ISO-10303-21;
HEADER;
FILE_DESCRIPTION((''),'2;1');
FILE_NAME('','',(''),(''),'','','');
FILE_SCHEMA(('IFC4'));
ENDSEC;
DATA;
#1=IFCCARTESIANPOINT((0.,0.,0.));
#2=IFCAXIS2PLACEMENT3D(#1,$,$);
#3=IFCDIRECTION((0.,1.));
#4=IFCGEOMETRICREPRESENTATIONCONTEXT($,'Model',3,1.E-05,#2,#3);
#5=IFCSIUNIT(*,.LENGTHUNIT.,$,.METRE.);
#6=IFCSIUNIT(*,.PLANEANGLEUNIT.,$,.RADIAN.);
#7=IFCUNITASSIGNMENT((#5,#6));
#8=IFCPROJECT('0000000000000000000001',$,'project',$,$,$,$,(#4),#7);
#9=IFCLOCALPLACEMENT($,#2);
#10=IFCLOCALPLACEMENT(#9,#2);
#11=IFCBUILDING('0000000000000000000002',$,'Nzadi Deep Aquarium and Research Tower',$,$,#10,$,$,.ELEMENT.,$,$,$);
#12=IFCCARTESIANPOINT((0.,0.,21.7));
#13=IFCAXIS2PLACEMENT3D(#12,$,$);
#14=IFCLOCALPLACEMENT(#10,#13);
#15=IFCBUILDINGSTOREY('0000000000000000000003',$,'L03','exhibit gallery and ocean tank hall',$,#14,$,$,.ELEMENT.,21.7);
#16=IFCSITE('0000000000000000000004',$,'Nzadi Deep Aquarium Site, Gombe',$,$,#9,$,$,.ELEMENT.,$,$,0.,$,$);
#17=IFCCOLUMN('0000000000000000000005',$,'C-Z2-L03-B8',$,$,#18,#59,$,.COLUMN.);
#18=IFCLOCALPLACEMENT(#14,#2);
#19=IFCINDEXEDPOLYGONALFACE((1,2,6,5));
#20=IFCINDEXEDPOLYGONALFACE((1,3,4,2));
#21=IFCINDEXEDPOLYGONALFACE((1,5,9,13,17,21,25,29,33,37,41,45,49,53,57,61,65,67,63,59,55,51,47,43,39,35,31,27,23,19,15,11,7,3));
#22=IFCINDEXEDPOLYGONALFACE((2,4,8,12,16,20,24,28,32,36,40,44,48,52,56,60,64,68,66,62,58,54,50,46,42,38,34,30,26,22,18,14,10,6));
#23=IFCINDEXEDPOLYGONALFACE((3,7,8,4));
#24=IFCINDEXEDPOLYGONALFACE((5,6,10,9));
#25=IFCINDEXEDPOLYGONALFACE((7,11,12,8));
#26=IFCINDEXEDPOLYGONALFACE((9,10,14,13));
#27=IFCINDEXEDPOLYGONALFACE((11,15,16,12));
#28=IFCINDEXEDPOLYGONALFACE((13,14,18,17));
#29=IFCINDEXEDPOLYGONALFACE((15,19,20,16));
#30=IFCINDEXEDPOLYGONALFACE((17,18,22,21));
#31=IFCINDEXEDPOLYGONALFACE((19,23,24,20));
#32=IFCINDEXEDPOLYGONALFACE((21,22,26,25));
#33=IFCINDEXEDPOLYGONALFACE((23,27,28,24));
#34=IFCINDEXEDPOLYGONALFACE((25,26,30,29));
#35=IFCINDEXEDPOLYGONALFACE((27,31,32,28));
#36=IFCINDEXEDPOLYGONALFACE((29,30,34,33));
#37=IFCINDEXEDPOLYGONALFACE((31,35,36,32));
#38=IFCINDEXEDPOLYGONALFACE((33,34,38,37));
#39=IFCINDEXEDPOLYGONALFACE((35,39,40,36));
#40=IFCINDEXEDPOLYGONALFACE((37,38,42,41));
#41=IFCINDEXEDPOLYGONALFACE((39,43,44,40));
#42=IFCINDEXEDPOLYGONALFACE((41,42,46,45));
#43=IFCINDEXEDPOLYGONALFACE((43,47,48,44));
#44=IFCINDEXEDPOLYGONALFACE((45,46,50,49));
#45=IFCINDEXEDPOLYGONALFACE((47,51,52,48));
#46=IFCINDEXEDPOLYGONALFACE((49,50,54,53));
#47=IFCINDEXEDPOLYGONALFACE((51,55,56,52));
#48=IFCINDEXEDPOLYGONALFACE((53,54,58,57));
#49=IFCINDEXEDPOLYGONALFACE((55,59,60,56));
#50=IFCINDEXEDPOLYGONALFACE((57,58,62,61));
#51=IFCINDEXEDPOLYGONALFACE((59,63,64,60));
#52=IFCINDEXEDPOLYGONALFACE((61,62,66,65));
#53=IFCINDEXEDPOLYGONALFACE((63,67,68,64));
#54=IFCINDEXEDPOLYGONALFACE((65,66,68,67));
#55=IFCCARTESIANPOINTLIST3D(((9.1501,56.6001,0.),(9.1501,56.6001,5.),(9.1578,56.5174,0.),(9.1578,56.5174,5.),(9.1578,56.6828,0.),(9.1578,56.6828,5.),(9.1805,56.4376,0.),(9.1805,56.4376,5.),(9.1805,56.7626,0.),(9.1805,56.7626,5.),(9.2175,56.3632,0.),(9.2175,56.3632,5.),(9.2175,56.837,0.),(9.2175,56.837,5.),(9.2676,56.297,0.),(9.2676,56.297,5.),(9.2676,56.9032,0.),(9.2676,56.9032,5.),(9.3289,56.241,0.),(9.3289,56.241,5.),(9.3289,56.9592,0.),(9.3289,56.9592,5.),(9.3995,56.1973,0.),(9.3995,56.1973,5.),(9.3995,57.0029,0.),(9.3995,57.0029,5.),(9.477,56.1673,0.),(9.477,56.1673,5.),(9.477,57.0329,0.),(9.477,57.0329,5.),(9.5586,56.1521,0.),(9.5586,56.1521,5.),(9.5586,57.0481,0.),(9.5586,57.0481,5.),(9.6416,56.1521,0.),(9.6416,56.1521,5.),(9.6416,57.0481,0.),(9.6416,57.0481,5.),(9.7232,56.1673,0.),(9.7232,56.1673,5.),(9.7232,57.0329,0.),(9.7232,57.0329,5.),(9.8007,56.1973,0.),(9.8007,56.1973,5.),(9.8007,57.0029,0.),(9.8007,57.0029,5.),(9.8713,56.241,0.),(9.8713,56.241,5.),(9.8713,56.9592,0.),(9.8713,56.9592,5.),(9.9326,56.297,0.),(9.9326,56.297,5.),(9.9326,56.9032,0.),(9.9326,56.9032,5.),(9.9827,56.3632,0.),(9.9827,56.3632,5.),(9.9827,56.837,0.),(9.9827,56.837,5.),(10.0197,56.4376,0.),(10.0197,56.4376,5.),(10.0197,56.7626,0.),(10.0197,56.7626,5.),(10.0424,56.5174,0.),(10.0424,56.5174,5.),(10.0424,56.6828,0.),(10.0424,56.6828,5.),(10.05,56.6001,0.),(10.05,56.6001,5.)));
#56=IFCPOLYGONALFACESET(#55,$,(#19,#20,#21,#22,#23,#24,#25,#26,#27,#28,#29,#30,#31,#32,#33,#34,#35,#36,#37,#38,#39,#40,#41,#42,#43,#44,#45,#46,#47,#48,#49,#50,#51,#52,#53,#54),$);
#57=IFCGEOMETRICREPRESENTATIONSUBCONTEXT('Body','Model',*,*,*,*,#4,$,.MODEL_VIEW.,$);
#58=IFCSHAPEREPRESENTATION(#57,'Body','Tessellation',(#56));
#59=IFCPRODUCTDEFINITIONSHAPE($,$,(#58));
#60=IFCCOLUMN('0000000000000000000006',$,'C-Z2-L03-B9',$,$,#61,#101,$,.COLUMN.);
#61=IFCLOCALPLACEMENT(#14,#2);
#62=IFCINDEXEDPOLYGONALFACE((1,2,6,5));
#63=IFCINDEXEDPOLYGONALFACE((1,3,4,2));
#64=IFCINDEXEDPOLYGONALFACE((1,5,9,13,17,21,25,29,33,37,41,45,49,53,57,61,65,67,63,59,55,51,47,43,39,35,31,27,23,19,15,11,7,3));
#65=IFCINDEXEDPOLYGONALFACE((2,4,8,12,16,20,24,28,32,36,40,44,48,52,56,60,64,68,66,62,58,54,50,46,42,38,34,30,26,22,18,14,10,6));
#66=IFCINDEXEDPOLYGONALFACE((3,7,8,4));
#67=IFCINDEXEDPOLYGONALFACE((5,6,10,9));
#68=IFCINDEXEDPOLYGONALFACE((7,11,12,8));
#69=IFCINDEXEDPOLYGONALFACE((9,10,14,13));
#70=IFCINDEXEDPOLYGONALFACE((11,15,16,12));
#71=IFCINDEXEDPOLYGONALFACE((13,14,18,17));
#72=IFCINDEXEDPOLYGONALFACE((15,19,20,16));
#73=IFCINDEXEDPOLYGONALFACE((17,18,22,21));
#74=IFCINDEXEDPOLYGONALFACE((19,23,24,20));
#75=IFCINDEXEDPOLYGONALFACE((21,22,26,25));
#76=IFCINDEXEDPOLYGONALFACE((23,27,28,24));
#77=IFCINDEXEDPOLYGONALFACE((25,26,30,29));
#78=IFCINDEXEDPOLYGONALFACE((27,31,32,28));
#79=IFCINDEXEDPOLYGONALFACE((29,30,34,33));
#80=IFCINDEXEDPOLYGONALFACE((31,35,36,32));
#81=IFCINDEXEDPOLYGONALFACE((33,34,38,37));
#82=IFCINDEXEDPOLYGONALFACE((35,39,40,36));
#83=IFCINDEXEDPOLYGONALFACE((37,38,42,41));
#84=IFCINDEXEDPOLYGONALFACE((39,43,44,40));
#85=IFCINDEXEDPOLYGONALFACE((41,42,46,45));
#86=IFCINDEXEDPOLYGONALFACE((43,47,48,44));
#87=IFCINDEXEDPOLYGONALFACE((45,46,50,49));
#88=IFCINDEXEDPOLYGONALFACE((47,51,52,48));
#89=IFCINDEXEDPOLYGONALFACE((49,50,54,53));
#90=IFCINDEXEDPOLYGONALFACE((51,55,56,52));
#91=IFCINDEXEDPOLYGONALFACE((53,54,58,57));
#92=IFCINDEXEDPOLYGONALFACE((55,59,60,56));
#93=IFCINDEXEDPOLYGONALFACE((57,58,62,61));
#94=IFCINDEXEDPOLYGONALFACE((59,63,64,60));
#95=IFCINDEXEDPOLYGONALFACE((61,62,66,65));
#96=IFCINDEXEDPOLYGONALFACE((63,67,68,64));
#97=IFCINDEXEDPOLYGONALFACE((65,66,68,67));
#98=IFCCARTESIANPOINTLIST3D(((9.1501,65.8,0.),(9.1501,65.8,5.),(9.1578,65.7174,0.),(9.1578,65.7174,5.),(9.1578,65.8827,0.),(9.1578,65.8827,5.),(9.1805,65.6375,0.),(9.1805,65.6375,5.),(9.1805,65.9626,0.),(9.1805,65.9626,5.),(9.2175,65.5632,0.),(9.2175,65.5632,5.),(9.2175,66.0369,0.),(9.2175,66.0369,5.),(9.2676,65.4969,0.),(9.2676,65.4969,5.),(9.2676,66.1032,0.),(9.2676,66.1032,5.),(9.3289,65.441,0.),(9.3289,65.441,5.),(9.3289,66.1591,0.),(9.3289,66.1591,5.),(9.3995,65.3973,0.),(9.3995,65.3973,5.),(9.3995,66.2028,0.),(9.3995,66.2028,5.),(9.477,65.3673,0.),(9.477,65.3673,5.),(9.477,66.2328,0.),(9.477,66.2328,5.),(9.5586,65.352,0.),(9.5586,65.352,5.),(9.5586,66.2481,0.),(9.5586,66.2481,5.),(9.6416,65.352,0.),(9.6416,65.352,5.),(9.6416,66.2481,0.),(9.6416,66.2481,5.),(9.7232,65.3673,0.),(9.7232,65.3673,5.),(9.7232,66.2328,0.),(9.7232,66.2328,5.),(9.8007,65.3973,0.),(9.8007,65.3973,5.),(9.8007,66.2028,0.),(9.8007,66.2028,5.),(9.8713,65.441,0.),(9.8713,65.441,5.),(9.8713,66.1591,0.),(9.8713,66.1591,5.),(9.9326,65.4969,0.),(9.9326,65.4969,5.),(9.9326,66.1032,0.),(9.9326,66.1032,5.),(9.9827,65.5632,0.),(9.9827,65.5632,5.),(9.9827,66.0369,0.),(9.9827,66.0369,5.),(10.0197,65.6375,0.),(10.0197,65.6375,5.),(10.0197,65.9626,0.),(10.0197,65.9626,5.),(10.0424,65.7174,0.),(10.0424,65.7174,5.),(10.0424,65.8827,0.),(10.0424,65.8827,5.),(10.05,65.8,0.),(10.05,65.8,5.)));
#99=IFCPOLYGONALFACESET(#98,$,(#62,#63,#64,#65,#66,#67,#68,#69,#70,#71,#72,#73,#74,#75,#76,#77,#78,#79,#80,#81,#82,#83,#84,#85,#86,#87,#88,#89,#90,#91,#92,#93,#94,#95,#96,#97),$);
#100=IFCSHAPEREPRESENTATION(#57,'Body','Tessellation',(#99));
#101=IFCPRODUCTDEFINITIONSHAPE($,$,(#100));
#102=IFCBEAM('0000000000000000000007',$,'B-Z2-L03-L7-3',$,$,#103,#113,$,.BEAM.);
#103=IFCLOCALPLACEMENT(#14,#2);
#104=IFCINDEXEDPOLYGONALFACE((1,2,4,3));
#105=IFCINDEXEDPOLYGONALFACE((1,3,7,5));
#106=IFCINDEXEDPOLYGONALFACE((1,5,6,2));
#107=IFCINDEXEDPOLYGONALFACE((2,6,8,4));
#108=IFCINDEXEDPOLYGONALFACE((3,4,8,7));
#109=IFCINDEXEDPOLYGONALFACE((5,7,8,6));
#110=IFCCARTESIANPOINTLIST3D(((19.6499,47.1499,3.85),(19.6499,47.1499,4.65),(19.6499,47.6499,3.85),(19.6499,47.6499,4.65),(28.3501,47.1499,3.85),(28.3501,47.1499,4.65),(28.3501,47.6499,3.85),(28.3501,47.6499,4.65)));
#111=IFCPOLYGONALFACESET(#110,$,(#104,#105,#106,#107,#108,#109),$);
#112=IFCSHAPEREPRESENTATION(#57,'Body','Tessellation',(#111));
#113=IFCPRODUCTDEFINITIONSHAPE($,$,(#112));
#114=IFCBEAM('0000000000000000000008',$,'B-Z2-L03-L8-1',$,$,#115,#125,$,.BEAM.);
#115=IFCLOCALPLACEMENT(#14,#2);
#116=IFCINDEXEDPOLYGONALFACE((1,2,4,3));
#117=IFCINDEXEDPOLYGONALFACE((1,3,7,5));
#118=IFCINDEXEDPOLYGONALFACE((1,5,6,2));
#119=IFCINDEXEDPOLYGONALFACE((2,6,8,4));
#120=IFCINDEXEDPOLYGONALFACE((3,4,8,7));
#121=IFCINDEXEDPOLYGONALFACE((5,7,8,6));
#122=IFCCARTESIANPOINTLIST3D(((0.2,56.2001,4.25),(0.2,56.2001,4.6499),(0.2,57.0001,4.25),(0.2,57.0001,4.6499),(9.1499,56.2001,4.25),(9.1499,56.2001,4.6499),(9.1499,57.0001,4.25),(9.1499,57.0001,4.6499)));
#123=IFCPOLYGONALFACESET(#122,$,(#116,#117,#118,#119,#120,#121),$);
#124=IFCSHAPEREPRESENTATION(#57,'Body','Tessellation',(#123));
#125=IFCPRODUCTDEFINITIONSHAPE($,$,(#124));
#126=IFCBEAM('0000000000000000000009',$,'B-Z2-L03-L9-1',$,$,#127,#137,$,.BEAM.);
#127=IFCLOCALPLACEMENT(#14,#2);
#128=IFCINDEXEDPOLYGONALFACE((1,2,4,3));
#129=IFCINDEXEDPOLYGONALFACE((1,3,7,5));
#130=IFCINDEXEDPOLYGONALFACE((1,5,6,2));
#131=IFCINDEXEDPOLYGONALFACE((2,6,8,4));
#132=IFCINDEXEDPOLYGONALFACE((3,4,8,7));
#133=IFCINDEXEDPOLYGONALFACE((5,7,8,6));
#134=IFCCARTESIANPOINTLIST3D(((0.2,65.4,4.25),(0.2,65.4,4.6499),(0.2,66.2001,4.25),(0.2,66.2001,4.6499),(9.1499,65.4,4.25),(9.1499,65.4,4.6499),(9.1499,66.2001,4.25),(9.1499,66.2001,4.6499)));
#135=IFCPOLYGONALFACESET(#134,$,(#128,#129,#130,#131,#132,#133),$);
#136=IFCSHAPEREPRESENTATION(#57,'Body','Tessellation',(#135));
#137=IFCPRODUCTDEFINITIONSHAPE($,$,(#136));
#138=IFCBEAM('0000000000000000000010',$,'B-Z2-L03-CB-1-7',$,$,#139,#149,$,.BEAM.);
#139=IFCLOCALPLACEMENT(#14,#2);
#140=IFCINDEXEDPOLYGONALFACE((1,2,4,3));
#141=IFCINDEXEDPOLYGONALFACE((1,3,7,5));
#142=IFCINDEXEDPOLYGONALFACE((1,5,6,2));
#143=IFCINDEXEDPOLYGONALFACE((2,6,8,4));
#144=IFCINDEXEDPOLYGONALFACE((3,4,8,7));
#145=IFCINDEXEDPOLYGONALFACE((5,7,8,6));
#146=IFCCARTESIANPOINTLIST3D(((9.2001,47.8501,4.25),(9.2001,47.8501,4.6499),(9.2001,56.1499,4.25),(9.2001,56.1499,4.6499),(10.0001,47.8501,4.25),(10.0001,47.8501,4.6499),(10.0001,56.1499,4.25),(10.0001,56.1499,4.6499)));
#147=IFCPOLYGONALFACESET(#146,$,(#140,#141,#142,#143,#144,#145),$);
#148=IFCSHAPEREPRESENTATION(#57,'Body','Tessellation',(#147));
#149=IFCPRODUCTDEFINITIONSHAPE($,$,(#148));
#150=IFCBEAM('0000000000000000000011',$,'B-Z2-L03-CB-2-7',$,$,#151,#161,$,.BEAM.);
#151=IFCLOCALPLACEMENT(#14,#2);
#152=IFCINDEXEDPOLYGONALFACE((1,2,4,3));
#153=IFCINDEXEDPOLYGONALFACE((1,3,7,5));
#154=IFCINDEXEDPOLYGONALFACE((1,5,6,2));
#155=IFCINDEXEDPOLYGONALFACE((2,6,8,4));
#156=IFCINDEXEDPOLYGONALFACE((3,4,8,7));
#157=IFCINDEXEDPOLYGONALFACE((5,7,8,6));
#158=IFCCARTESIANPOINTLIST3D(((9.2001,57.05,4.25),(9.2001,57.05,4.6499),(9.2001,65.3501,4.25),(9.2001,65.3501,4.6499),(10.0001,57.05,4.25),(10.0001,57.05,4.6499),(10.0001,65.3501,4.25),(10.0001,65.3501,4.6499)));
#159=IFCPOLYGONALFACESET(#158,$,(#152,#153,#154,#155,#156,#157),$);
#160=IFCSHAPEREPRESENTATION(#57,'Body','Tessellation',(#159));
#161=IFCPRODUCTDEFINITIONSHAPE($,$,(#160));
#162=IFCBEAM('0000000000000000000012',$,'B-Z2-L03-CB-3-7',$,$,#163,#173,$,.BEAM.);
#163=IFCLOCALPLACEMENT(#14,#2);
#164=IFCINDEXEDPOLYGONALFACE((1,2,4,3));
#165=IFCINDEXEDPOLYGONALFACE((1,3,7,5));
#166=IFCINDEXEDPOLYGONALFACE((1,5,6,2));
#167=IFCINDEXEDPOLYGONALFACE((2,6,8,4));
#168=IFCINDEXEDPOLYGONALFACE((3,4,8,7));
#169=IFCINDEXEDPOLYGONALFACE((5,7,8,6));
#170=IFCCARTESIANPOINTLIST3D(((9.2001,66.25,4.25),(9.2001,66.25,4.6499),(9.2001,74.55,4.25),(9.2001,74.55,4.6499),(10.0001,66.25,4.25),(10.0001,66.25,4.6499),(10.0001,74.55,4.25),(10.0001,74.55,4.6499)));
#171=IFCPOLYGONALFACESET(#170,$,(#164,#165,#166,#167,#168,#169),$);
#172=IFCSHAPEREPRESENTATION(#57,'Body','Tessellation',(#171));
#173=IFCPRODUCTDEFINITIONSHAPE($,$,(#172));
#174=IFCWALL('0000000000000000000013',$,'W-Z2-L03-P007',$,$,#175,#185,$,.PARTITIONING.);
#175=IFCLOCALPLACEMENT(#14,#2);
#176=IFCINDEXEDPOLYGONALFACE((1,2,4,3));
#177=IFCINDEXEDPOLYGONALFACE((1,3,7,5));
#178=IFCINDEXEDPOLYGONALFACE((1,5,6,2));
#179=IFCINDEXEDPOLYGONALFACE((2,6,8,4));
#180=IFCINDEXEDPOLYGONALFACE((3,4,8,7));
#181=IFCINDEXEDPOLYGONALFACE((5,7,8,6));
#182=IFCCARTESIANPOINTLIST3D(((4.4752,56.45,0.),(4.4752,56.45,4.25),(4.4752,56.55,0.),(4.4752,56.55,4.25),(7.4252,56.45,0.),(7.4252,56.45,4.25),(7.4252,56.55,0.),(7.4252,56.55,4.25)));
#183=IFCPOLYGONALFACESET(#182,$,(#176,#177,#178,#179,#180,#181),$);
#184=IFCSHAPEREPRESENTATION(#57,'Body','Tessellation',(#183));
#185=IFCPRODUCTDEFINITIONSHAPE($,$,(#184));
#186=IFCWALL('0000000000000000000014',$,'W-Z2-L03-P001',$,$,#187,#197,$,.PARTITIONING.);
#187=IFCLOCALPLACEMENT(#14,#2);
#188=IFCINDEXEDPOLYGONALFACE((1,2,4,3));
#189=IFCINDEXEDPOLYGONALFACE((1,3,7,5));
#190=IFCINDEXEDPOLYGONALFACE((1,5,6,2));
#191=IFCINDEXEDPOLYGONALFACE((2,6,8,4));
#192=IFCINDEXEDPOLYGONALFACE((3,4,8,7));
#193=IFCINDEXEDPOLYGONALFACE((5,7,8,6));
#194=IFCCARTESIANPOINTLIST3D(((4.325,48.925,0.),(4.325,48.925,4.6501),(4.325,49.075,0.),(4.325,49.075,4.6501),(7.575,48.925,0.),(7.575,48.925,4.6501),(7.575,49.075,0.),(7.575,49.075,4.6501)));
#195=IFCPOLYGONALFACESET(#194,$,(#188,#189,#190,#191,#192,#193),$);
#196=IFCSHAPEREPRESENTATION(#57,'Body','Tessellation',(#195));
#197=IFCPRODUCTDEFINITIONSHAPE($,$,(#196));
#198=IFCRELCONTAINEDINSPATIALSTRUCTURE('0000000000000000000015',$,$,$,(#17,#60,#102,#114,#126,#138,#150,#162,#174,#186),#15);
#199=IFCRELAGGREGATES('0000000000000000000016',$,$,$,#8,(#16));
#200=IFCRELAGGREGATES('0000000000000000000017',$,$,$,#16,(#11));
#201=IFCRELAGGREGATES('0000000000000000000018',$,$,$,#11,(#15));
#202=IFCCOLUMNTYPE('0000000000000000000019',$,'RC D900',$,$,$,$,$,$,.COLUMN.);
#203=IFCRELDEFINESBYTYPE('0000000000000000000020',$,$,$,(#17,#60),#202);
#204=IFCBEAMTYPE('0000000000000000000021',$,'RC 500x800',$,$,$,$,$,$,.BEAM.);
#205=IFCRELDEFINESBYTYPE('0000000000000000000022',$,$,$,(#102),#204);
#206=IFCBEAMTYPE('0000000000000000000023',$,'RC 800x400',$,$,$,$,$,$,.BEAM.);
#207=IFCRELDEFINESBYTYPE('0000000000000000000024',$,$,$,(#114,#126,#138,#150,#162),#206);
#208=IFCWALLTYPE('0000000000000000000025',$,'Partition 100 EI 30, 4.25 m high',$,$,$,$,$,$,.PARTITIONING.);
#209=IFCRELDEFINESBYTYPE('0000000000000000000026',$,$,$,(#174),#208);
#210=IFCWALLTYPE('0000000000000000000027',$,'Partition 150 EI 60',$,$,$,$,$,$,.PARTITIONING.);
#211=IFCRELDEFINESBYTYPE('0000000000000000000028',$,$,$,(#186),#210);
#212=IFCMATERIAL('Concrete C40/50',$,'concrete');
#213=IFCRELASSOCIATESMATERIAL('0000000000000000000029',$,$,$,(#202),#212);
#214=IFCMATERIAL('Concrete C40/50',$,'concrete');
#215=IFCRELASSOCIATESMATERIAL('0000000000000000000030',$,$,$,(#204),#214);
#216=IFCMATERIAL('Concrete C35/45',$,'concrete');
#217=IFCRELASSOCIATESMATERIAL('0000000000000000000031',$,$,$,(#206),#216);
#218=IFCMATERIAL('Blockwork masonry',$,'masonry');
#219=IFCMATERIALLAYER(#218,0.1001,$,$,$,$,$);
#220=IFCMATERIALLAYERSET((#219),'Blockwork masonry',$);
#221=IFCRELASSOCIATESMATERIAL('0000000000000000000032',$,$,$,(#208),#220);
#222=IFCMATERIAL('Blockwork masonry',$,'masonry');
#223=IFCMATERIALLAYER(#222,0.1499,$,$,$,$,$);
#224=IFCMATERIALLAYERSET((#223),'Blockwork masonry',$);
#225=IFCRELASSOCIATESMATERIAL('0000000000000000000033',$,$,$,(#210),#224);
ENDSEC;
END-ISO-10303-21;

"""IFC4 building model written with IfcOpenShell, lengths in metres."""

from ifc_helpers import new_model, si_unit, direction, frame, frame_2d, origin, origin_2d, place, context, subcontext, project, spatial, rectangle, circle, extrude, material, layer, layer_set, material_profile, profile_set, type_object, element, save


model = new_model("IFC4")

# Units and contexts
model_context = context("Model", 3, precision=1e-05, world=origin(), true_north=direction((0.0, 1.0)))
body_context = subcontext(model_context, "Body", "Model", "MODEL_VIEW")
ifc_project = project(units=[si_unit("LENGTHUNIT", "METRE"), si_unit("PLANEANGLEUNIT", "RADIAN")], contexts=[model_context])

# Site, building, storey
site_placement = place(None, origin())
site = spatial("IfcSite", under=ifc_project, at=site_placement, Name="Nzadi Deep Aquarium Site, Gombe", CompositionType="ELEMENT", RefElevation=0.0)
building_placement = place(site_placement, origin())
building = spatial("IfcBuilding", under=site, at=building_placement, Name="Nzadi Deep Aquarium and Research Tower", CompositionType="ELEMENT")
storey_placement = place(building_placement, frame((0.0, 0.0, 21.7)))
storey = spatial("IfcBuildingStorey", under=building, at=storey_placement, Name="L03", Description="exhibit gallery and ocean tank hall", CompositionType="ELEMENT", Elevation=21.7)

# Columns
ifc_material_1 = material(Name="Concrete C40/50", Category="concrete")
ifc_material_profile_1 = material_profile(ifc_material_1, circle(Radius=0.45, at=origin_2d()))
ifc_profile_set_1 = profile_set([ifc_material_profile_1], Name="Concrete C40/50")
column_type = type_object("IfcColumnType", Name="RC D900", PredefinedType="COLUMN", material=ifc_profile_set_1)
for number, where, z_axis, x_axis, name in (
    (1, (9.6001, 56.6001, 0.0), (0.0, 0.0, 1.0), (1.0, 0.0, 0.0), "C-Z2-L03-B8"),
    (2, (9.6001, 65.8, 0.0), (0.0, 0.0, 1.0), (1.0, 0.0, 0.0), "C-Z2-L03-B9"),
):
    element("IfcColumn", number, at=place(storey_placement, frame(where, z_axis=z_axis, x_axis=x_axis)), inside=storey, type_object=column_type, Name=name, PredefinedType="COLUMN", context=body_context, shape_type="SweptSolid", body=[
        extrude(circle(Radius=0.45, at=origin_2d()), origin(), (0.0, 0.0, 1.0), 5.0),
    ])

# Beams
ifc_material_2 = material(Name="Concrete C40/50", Category="concrete")
ifc_material_profile_2 = material_profile(ifc_material_2, rectangle(XDim=0.5, YDim=0.8, at=origin_2d()))
ifc_profile_set_2 = profile_set([ifc_material_profile_2], Name="Concrete C40/50")
beam_type_1 = type_object("IfcBeamType", Name="RC 500x800", PredefinedType="BEAM", material=ifc_profile_set_2)
beam_1_placement = place(storey_placement, frame((19.6499, 47.3999, 4.25), z_axis=(1.0, 0.0, 0.0), x_axis=(0.0, 1.0, 0.0)))
element("IfcBeam", 3, at=beam_1_placement, inside=storey, type_object=beam_type_1, Name="B-Z2-L03-L7-3", PredefinedType="BEAM", context=body_context, shape_type="SweptSolid", body=[
    extrude(rectangle(XDim=0.5, YDim=0.8, at=origin_2d()), origin(), (0.0, 0.0, 1.0), 8.7002),
])
ifc_material_3 = material(Name="Concrete C35/45", Category="concrete")
ifc_material_profile_3 = material_profile(ifc_material_3, rectangle(XDim=0.8, YDim=0.3999, at=origin_2d()))
ifc_profile_set_3 = profile_set([ifc_material_profile_3], Name="Concrete C35/45")
beam_type_2 = type_object("IfcBeamType", Name="RC 800x400", PredefinedType="BEAM", material=ifc_profile_set_3)
for number, where, z_axis, x_axis, name in (
    (4, (0.2, 56.6001, 4.45), (1.0, 0.0, 0.0), (0.0, 1.0, 0.0), "B-Z2-L03-L8-1"),
    (5, (0.2, 65.8, 4.45), (1.0, 0.0, 0.0), (0.0, 1.0, 0.0), "B-Z2-L03-L9-1"),
):
    element("IfcBeam", number, at=place(storey_placement, frame(where, z_axis=z_axis, x_axis=x_axis)), inside=storey, type_object=beam_type_2, Name=name, PredefinedType="BEAM", context=body_context, shape_type="SweptSolid", body=[
        extrude(rectangle(XDim=0.8, YDim=0.3999, at=origin_2d()), origin(), (0.0, 0.0, 1.0), 8.95),
    ])
beam_2_placement = place(storey_placement, frame((9.6001, 47.8501, 4.45), z_axis=(0.0, 1.0, 0.0), x_axis=(-1.0, 0.0, 0.0)))
element("IfcBeam", 6, at=beam_2_placement, inside=storey, type_object=beam_type_2, Name="B-Z2-L03-CB-1-7", PredefinedType="BEAM", context=body_context, shape_type="SweptSolid", body=[
    extrude(rectangle(XDim=0.8, YDim=0.3999, at=origin_2d()), origin(), (0.0, 0.0, 1.0), 8.2998),
])
for number, where, z_axis, x_axis, name in (
    (7, (9.6001, 57.05, 4.45), (0.0, 1.0, 0.0), (-1.0, 0.0, 0.0), "B-Z2-L03-CB-2-7"),
    (8, (9.6001, 66.25, 4.45), (0.0, 1.0, 0.0), (-1.0, 0.0, 0.0), "B-Z2-L03-CB-3-7"),
):
    element("IfcBeam", number, at=place(storey_placement, frame(where, z_axis=z_axis, x_axis=x_axis)), inside=storey, type_object=beam_type_2, Name=name, PredefinedType="BEAM", context=body_context, shape_type="SweptSolid", body=[
        extrude(rectangle(XDim=0.8, YDim=0.3999, at=origin_2d()), origin(), (0.0, 0.0, 1.0), 8.3),
    ])

# Walls
ifc_material_4 = material(Name="Blockwork masonry", Category="masonry")
ifc_layer_1 = layer(ifc_material_4, 0.1001)
ifc_layer_set_1 = layer_set([ifc_layer_1], Name="Blockwork masonry")
wall_type_1 = type_object("IfcWallType", Name="Partition 100 EI 30, 4.25 m high", PredefinedType="PARTITIONING", material=ifc_layer_set_1)
wall_1_placement = place(storey_placement, frame((4.4751, 56.5, 0.0), z_axis=(0.0, 0.0, 1.0), x_axis=(1.0, 0.0, 0.0)))
element("IfcWall", 9, at=wall_1_placement, inside=storey, type_object=wall_type_1, Name="W-Z2-L03-P007", PredefinedType="PARTITIONING", context=body_context, shape_type="SweptSolid", body=[
    extrude(rectangle(XDim=2.95, YDim=0.1001, at=frame_2d((1.4751, 0.0))), origin(), (0.0, 0.0, 1.0), 4.25),
])
ifc_material_5 = material(Name="Blockwork masonry", Category="masonry")
ifc_layer_2 = layer(ifc_material_5, 0.1499)
ifc_layer_set_2 = layer_set([ifc_layer_2], Name="Blockwork masonry")
wall_type_2 = type_object("IfcWallType", Name="Partition 150 EI 60", PredefinedType="PARTITIONING", material=ifc_layer_set_2)
wall_2_placement = place(storey_placement, frame((4.325, 49.0, 0.0), z_axis=(0.0, 0.0, 1.0), x_axis=(1.0, 0.0, 0.0)))
element("IfcWall", 10, at=wall_2_placement, inside=storey, type_object=wall_type_2, Name="W-Z2-L03-P001", PredefinedType="PARTITIONING", context=body_context, shape_type="SweptSolid", body=[
    extrude(rectangle(XDim=3.25, YDim=0.1499, at=frame_2d((1.625, 0.0))), origin(), (0.0, 0.0, 1.0), 4.6501),
])

save(model, "model.ifc")
